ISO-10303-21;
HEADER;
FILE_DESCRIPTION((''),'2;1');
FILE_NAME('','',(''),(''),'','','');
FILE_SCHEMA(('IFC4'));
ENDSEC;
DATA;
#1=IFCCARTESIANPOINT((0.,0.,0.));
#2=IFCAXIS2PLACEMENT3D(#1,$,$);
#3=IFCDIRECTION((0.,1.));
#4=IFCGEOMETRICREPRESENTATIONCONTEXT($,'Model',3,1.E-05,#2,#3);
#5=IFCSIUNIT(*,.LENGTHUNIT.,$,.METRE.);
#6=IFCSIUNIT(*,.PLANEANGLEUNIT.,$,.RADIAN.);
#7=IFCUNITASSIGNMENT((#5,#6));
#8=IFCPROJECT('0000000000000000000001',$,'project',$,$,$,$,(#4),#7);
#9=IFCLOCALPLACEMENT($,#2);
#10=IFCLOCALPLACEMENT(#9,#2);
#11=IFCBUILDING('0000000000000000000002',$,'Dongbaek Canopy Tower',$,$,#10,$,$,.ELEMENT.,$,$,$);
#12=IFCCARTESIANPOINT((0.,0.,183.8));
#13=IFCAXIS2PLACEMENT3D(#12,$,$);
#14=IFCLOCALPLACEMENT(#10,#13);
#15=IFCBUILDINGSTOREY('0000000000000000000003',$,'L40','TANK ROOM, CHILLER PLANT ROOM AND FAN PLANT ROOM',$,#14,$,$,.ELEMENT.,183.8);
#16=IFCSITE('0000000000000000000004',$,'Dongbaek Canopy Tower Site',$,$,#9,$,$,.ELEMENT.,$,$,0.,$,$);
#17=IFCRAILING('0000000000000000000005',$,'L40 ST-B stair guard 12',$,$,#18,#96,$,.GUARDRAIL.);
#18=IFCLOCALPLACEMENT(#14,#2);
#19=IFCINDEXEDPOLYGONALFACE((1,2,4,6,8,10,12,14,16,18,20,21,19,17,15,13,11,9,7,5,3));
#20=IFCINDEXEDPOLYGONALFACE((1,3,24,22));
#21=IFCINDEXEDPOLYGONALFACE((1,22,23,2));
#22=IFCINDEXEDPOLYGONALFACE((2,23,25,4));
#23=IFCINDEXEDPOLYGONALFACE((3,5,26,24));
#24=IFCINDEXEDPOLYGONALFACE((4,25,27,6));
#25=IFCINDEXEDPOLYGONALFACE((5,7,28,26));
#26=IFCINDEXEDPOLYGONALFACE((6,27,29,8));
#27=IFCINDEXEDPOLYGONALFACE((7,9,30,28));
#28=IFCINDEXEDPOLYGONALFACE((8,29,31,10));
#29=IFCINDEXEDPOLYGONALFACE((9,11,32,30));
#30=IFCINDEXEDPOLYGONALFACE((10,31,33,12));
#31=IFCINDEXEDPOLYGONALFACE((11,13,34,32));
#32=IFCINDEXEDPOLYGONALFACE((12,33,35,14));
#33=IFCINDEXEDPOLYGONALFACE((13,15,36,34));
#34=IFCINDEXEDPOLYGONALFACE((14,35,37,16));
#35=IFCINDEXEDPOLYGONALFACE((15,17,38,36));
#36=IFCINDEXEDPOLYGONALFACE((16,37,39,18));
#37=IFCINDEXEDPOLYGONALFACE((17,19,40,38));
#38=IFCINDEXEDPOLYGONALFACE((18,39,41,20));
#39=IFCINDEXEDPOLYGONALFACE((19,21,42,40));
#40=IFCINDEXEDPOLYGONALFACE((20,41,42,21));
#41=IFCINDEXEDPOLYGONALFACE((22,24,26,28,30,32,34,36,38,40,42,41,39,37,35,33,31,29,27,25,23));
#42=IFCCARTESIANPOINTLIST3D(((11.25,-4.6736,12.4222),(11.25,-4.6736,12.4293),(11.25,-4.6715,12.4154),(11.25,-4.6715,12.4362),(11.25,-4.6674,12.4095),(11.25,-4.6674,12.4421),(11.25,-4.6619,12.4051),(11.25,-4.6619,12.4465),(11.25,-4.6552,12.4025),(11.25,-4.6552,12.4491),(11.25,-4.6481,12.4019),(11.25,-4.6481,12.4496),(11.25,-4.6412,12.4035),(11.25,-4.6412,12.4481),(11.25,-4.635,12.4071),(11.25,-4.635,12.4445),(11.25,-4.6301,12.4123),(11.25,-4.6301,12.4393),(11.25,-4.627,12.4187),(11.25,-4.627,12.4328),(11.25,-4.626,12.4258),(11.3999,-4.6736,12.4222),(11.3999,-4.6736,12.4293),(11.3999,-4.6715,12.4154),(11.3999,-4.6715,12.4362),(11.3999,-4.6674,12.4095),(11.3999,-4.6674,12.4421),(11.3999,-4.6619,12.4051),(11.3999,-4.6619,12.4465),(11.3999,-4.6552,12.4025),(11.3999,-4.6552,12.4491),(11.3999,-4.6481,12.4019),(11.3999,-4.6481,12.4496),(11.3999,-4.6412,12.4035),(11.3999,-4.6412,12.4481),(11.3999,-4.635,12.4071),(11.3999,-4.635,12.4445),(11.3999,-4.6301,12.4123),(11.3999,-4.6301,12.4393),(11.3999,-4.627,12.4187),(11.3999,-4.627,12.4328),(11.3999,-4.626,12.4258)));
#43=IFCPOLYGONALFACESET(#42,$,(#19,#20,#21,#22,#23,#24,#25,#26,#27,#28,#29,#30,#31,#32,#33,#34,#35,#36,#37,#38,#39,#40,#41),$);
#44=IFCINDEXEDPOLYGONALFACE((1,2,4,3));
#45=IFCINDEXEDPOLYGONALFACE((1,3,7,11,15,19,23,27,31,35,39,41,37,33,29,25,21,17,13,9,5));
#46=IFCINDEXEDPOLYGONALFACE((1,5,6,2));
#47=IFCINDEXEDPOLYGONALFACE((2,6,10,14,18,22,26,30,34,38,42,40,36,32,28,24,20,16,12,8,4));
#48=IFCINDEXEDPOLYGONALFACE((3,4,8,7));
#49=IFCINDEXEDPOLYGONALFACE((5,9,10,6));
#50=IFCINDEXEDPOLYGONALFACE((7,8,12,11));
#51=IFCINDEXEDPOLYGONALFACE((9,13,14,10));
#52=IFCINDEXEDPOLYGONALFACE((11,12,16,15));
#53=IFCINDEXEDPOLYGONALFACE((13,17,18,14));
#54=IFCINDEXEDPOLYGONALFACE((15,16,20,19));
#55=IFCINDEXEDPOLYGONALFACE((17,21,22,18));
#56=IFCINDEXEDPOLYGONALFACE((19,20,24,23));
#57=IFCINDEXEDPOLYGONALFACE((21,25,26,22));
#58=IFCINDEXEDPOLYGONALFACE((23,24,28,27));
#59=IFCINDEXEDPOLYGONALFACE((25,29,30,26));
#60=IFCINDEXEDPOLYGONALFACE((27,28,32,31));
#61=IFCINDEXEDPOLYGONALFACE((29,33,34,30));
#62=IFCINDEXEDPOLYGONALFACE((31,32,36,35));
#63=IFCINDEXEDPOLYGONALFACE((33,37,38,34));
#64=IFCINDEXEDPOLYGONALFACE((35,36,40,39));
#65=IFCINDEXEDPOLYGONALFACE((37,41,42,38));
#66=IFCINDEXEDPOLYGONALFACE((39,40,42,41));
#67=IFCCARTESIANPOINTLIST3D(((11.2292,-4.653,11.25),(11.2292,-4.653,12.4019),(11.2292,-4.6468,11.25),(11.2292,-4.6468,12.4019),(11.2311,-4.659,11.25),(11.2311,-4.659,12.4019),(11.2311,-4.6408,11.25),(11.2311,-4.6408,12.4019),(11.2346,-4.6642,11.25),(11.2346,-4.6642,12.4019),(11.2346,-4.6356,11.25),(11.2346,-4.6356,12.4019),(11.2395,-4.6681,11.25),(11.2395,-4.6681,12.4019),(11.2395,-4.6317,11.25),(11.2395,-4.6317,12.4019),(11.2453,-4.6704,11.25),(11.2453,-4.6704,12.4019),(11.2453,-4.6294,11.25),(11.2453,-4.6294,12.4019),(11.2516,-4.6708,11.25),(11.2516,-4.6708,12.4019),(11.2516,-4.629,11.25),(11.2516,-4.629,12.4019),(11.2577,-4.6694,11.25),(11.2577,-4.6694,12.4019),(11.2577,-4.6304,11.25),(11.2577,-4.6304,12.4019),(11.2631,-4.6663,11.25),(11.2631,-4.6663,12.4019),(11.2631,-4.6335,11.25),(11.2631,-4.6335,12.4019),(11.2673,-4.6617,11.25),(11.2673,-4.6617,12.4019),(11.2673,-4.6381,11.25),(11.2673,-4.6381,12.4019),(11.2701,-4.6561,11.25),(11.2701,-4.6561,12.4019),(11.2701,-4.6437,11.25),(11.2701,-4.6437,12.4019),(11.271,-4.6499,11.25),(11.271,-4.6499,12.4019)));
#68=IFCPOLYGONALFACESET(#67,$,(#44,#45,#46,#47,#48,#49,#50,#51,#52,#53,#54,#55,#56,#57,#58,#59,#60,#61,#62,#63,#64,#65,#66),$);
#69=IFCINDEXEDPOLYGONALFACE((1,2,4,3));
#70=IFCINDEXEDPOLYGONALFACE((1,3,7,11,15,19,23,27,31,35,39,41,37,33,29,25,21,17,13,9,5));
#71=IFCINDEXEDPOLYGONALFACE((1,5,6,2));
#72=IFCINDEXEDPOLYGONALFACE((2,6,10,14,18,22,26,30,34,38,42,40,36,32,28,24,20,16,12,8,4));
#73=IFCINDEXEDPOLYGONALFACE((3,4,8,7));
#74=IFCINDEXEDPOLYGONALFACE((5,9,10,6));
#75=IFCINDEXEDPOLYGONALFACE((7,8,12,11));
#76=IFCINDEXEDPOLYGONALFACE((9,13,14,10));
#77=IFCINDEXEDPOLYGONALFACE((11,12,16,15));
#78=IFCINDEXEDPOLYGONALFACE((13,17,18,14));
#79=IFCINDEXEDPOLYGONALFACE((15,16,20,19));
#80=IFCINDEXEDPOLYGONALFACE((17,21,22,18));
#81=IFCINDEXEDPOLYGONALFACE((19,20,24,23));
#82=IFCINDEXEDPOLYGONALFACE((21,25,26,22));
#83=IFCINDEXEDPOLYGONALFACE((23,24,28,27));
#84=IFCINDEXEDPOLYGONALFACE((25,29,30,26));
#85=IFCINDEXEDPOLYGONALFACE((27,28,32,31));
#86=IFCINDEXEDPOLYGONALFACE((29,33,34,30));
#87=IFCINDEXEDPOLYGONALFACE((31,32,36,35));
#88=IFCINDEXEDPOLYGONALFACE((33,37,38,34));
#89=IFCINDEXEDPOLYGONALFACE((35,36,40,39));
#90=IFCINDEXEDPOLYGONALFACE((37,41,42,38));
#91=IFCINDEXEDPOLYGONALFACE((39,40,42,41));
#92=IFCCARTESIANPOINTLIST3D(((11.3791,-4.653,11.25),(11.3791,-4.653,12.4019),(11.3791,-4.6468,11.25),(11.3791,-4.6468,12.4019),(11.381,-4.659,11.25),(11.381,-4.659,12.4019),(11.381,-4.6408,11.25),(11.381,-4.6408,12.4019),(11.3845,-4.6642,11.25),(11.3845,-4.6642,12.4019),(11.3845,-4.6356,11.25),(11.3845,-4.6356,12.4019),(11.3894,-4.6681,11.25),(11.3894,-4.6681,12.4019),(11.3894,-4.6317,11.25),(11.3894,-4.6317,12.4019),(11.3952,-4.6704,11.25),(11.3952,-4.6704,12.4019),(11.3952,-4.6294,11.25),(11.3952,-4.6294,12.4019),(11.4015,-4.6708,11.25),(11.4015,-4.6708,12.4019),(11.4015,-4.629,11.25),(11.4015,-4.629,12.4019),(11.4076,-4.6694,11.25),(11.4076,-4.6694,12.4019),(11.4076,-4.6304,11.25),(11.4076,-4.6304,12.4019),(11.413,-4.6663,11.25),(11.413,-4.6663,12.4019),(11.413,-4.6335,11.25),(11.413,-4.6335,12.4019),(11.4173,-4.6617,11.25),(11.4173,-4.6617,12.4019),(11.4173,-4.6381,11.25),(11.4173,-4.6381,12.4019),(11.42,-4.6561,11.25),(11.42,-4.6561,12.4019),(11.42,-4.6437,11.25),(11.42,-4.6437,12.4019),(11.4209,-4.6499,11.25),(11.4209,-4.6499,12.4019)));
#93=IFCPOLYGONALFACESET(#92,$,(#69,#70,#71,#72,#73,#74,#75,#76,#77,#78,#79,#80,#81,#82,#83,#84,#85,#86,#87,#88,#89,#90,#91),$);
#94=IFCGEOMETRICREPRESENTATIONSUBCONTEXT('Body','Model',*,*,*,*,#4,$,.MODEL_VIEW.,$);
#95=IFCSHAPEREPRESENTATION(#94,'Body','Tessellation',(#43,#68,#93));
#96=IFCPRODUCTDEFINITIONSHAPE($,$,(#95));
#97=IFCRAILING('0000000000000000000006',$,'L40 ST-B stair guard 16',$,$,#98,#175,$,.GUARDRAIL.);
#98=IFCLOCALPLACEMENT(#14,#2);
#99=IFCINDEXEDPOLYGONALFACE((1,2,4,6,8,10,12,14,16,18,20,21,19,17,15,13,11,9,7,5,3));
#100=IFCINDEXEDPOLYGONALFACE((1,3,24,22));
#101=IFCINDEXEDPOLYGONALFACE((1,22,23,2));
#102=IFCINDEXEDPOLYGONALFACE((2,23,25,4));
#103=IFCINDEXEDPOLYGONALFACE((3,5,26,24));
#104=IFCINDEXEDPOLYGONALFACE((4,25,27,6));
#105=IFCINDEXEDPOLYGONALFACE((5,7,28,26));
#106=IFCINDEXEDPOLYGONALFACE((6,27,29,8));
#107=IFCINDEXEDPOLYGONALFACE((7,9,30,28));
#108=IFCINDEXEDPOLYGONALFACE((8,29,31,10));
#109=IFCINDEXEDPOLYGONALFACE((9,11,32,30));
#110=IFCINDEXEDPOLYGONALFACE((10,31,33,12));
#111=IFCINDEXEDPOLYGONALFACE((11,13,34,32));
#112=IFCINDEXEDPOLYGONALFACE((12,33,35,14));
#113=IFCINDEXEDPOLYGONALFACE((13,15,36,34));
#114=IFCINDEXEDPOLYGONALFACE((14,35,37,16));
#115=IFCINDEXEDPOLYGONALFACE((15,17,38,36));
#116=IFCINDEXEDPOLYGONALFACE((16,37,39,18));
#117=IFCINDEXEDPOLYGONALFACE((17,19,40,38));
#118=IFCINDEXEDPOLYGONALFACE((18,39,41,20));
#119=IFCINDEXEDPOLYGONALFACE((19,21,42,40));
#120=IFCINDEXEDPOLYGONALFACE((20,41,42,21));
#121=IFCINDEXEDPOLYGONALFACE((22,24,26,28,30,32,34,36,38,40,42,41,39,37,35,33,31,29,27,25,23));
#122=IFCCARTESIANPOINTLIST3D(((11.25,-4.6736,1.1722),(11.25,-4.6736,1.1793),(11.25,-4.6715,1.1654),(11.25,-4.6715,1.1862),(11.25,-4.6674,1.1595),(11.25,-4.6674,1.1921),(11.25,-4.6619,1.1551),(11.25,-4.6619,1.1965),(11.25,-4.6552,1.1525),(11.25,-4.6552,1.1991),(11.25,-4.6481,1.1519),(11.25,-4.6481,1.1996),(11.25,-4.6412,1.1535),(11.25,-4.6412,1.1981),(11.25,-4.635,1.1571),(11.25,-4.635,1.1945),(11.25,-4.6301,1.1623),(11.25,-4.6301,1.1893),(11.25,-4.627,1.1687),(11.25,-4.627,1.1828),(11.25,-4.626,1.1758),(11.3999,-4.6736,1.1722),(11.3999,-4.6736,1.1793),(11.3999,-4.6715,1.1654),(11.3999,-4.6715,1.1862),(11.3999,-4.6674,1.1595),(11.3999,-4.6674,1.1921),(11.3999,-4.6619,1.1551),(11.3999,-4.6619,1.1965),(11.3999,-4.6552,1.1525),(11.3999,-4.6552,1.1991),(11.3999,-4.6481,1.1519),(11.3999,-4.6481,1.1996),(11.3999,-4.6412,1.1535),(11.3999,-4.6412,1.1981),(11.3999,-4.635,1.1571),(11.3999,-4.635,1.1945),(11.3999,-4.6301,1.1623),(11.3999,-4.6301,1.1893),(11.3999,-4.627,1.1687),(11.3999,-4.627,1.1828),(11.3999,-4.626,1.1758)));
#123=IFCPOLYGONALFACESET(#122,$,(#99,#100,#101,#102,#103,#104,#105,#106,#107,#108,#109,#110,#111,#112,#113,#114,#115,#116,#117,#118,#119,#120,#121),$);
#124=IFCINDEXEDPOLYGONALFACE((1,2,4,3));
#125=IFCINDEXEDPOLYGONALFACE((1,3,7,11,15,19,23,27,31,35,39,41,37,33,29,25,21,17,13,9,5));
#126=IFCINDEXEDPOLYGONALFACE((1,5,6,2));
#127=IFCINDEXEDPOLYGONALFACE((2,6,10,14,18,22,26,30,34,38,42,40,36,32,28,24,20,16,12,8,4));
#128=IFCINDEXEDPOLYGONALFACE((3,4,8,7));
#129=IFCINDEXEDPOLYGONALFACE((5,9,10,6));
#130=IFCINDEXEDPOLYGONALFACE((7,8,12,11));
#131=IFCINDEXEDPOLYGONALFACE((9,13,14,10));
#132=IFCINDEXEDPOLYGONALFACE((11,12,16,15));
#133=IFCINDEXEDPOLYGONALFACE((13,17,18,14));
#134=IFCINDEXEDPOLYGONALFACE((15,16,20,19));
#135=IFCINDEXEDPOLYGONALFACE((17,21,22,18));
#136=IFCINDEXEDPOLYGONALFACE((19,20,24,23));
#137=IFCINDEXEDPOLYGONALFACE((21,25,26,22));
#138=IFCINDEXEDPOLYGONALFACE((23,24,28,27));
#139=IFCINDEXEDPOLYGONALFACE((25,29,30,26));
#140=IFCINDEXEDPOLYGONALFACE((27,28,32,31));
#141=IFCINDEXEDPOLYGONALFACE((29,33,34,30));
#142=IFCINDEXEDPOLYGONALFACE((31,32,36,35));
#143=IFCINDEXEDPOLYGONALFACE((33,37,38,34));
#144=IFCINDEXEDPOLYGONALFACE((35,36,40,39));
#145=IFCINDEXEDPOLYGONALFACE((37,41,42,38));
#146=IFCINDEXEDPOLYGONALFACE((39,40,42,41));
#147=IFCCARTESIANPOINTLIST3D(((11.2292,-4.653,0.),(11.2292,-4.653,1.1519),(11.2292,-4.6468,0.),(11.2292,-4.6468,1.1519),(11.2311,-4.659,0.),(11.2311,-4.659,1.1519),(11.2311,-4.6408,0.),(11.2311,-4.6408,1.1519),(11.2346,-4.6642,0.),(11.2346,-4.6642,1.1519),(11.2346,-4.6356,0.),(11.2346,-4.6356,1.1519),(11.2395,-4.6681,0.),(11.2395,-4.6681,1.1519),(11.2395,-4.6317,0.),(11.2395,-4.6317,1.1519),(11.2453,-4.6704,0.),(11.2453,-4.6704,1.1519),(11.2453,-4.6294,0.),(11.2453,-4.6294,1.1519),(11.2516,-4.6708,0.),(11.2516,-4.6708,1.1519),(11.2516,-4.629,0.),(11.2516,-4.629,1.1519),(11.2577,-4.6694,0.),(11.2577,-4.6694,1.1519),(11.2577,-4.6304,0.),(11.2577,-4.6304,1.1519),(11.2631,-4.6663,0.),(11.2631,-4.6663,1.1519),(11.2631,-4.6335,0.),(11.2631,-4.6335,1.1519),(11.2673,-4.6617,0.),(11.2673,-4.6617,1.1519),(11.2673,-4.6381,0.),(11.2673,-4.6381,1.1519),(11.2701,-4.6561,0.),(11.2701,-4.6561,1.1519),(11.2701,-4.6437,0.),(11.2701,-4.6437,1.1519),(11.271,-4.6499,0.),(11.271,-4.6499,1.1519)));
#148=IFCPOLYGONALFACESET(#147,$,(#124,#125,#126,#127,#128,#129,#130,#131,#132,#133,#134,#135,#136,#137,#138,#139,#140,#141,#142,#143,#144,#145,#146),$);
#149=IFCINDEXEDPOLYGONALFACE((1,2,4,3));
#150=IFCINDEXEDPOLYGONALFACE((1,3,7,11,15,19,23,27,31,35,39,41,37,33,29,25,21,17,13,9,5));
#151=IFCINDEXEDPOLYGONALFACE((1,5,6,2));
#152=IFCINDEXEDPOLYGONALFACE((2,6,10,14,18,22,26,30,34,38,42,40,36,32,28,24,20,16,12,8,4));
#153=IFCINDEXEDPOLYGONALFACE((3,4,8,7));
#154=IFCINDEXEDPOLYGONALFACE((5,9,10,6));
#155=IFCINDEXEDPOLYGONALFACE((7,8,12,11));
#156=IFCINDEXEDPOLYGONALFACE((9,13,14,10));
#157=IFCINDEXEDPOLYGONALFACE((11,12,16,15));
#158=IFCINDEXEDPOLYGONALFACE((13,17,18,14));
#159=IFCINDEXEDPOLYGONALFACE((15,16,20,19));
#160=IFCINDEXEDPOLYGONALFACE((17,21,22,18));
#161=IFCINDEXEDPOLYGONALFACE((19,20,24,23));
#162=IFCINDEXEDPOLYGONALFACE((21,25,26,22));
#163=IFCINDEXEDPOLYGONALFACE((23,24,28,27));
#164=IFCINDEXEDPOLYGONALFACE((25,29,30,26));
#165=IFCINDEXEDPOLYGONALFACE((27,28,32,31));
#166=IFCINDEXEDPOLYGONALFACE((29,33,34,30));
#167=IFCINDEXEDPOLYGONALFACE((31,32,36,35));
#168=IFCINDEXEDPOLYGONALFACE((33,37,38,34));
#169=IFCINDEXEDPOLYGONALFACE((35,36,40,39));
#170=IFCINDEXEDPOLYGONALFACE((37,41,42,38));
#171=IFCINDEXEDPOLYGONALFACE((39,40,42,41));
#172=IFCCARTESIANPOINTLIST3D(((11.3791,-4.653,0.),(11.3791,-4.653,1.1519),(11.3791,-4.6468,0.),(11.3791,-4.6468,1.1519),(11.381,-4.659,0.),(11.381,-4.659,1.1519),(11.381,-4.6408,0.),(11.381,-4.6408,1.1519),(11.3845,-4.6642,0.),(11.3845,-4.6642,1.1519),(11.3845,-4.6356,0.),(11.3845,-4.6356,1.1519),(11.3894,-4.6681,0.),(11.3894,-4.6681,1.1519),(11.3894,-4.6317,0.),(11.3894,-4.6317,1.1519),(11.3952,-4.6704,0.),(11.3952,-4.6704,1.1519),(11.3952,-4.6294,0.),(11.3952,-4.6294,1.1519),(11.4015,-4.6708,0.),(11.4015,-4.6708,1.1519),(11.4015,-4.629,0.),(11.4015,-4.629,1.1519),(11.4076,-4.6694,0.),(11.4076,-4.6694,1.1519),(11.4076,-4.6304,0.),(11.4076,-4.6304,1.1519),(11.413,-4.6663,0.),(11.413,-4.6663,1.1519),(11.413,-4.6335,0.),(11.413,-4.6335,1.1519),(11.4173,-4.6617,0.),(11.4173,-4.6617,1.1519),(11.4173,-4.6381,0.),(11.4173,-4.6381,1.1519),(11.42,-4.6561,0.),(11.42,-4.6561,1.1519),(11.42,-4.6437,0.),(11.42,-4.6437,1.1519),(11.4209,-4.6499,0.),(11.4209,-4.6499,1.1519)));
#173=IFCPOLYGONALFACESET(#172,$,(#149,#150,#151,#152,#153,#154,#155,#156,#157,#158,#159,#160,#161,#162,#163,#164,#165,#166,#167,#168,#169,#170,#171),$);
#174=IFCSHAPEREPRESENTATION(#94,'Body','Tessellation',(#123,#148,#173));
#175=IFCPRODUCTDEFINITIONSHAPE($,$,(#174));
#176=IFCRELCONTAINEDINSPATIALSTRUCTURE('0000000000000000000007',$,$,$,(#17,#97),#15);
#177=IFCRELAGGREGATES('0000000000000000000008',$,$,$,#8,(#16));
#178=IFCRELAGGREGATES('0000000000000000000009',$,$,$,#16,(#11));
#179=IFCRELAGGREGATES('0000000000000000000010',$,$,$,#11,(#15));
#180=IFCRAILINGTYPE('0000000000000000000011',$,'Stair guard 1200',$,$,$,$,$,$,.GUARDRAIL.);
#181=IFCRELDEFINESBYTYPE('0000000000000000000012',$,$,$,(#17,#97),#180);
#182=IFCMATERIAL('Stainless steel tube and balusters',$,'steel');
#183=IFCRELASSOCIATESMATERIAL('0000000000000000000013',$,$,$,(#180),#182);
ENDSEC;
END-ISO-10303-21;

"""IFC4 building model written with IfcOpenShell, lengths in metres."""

from ifc_helpers import new_model, si_unit, direction, frame, origin, origin_2d, place, context, subcontext, project, spatial, circle, extrude, material, type_object, element, save


model = new_model("IFC4")

# Units and contexts
model_context = context("Model", 3, precision=1e-05, world=origin(), true_north=direction((0.0, 1.0)))
body_context = subcontext(model_context, "Body", "Model", "MODEL_VIEW")
ifc_project = project(units=[si_unit("LENGTHUNIT", "METRE"), si_unit("PLANEANGLEUNIT", "RADIAN")], contexts=[model_context])

# Site, building, storey
site_placement = place(None, origin())
site = spatial("IfcSite", under=ifc_project, at=site_placement, Name="Dongbaek Canopy Tower Site", CompositionType="ELEMENT", RefElevation=0.0)
building_placement = place(site_placement, origin())
building = spatial("IfcBuilding", under=site, at=building_placement, Name="Dongbaek Canopy Tower", CompositionType="ELEMENT")
storey_placement = place(building_placement, frame((0.0, 0.0, 183.8)))
storey = spatial("IfcBuildingStorey", under=building, at=storey_placement, Name="L40", Description="TANK ROOM, CHILLER PLANT ROOM AND FAN PLANT ROOM", CompositionType="ELEMENT", Elevation=183.8)

# Railings
ifc_material_1 = material(Name="Stainless steel tube and balusters", Category="steel")
railing_type_1 = type_object("IfcRailingType", Name="Stair guard 1200", PredefinedType="GUARDRAIL", material=ifc_material_1)
for number, where, name in (
    (1, (11.25, -4.6499, 11.25), "L40 ST-B stair guard 12"),
    (2, (11.25, -4.6499, 0.0), "L40 ST-B stair guard 16"),
):
    element("IfcRailing", number, at=place(storey_placement, frame(where)), inside=storey, type_object=railing_type_1, Name=name, PredefinedType="GUARDRAIL", context=body_context, shape_type="SweptSolid", body=[
        extrude(circle(Radius=0.0239, at=origin_2d()), frame((0.0, 0.0, 1.1758), z_axis=(1.0, 0.0, 0.0), x_axis=(0.0, 1.0, 0.0)), (0.0, 0.0, 1.0), 0.1499),
        extrude(circle(Radius=0.021, at=origin_2d()), origin(), (0.0, 0.0, 1.0), 1.1519),
        extrude(circle(Radius=0.021, at=origin_2d()), frame((0.1499, 0.0, 0.0)), (0.0, 0.0, 1.0), 1.1519),
    ])

save(model, "model.ifc")
